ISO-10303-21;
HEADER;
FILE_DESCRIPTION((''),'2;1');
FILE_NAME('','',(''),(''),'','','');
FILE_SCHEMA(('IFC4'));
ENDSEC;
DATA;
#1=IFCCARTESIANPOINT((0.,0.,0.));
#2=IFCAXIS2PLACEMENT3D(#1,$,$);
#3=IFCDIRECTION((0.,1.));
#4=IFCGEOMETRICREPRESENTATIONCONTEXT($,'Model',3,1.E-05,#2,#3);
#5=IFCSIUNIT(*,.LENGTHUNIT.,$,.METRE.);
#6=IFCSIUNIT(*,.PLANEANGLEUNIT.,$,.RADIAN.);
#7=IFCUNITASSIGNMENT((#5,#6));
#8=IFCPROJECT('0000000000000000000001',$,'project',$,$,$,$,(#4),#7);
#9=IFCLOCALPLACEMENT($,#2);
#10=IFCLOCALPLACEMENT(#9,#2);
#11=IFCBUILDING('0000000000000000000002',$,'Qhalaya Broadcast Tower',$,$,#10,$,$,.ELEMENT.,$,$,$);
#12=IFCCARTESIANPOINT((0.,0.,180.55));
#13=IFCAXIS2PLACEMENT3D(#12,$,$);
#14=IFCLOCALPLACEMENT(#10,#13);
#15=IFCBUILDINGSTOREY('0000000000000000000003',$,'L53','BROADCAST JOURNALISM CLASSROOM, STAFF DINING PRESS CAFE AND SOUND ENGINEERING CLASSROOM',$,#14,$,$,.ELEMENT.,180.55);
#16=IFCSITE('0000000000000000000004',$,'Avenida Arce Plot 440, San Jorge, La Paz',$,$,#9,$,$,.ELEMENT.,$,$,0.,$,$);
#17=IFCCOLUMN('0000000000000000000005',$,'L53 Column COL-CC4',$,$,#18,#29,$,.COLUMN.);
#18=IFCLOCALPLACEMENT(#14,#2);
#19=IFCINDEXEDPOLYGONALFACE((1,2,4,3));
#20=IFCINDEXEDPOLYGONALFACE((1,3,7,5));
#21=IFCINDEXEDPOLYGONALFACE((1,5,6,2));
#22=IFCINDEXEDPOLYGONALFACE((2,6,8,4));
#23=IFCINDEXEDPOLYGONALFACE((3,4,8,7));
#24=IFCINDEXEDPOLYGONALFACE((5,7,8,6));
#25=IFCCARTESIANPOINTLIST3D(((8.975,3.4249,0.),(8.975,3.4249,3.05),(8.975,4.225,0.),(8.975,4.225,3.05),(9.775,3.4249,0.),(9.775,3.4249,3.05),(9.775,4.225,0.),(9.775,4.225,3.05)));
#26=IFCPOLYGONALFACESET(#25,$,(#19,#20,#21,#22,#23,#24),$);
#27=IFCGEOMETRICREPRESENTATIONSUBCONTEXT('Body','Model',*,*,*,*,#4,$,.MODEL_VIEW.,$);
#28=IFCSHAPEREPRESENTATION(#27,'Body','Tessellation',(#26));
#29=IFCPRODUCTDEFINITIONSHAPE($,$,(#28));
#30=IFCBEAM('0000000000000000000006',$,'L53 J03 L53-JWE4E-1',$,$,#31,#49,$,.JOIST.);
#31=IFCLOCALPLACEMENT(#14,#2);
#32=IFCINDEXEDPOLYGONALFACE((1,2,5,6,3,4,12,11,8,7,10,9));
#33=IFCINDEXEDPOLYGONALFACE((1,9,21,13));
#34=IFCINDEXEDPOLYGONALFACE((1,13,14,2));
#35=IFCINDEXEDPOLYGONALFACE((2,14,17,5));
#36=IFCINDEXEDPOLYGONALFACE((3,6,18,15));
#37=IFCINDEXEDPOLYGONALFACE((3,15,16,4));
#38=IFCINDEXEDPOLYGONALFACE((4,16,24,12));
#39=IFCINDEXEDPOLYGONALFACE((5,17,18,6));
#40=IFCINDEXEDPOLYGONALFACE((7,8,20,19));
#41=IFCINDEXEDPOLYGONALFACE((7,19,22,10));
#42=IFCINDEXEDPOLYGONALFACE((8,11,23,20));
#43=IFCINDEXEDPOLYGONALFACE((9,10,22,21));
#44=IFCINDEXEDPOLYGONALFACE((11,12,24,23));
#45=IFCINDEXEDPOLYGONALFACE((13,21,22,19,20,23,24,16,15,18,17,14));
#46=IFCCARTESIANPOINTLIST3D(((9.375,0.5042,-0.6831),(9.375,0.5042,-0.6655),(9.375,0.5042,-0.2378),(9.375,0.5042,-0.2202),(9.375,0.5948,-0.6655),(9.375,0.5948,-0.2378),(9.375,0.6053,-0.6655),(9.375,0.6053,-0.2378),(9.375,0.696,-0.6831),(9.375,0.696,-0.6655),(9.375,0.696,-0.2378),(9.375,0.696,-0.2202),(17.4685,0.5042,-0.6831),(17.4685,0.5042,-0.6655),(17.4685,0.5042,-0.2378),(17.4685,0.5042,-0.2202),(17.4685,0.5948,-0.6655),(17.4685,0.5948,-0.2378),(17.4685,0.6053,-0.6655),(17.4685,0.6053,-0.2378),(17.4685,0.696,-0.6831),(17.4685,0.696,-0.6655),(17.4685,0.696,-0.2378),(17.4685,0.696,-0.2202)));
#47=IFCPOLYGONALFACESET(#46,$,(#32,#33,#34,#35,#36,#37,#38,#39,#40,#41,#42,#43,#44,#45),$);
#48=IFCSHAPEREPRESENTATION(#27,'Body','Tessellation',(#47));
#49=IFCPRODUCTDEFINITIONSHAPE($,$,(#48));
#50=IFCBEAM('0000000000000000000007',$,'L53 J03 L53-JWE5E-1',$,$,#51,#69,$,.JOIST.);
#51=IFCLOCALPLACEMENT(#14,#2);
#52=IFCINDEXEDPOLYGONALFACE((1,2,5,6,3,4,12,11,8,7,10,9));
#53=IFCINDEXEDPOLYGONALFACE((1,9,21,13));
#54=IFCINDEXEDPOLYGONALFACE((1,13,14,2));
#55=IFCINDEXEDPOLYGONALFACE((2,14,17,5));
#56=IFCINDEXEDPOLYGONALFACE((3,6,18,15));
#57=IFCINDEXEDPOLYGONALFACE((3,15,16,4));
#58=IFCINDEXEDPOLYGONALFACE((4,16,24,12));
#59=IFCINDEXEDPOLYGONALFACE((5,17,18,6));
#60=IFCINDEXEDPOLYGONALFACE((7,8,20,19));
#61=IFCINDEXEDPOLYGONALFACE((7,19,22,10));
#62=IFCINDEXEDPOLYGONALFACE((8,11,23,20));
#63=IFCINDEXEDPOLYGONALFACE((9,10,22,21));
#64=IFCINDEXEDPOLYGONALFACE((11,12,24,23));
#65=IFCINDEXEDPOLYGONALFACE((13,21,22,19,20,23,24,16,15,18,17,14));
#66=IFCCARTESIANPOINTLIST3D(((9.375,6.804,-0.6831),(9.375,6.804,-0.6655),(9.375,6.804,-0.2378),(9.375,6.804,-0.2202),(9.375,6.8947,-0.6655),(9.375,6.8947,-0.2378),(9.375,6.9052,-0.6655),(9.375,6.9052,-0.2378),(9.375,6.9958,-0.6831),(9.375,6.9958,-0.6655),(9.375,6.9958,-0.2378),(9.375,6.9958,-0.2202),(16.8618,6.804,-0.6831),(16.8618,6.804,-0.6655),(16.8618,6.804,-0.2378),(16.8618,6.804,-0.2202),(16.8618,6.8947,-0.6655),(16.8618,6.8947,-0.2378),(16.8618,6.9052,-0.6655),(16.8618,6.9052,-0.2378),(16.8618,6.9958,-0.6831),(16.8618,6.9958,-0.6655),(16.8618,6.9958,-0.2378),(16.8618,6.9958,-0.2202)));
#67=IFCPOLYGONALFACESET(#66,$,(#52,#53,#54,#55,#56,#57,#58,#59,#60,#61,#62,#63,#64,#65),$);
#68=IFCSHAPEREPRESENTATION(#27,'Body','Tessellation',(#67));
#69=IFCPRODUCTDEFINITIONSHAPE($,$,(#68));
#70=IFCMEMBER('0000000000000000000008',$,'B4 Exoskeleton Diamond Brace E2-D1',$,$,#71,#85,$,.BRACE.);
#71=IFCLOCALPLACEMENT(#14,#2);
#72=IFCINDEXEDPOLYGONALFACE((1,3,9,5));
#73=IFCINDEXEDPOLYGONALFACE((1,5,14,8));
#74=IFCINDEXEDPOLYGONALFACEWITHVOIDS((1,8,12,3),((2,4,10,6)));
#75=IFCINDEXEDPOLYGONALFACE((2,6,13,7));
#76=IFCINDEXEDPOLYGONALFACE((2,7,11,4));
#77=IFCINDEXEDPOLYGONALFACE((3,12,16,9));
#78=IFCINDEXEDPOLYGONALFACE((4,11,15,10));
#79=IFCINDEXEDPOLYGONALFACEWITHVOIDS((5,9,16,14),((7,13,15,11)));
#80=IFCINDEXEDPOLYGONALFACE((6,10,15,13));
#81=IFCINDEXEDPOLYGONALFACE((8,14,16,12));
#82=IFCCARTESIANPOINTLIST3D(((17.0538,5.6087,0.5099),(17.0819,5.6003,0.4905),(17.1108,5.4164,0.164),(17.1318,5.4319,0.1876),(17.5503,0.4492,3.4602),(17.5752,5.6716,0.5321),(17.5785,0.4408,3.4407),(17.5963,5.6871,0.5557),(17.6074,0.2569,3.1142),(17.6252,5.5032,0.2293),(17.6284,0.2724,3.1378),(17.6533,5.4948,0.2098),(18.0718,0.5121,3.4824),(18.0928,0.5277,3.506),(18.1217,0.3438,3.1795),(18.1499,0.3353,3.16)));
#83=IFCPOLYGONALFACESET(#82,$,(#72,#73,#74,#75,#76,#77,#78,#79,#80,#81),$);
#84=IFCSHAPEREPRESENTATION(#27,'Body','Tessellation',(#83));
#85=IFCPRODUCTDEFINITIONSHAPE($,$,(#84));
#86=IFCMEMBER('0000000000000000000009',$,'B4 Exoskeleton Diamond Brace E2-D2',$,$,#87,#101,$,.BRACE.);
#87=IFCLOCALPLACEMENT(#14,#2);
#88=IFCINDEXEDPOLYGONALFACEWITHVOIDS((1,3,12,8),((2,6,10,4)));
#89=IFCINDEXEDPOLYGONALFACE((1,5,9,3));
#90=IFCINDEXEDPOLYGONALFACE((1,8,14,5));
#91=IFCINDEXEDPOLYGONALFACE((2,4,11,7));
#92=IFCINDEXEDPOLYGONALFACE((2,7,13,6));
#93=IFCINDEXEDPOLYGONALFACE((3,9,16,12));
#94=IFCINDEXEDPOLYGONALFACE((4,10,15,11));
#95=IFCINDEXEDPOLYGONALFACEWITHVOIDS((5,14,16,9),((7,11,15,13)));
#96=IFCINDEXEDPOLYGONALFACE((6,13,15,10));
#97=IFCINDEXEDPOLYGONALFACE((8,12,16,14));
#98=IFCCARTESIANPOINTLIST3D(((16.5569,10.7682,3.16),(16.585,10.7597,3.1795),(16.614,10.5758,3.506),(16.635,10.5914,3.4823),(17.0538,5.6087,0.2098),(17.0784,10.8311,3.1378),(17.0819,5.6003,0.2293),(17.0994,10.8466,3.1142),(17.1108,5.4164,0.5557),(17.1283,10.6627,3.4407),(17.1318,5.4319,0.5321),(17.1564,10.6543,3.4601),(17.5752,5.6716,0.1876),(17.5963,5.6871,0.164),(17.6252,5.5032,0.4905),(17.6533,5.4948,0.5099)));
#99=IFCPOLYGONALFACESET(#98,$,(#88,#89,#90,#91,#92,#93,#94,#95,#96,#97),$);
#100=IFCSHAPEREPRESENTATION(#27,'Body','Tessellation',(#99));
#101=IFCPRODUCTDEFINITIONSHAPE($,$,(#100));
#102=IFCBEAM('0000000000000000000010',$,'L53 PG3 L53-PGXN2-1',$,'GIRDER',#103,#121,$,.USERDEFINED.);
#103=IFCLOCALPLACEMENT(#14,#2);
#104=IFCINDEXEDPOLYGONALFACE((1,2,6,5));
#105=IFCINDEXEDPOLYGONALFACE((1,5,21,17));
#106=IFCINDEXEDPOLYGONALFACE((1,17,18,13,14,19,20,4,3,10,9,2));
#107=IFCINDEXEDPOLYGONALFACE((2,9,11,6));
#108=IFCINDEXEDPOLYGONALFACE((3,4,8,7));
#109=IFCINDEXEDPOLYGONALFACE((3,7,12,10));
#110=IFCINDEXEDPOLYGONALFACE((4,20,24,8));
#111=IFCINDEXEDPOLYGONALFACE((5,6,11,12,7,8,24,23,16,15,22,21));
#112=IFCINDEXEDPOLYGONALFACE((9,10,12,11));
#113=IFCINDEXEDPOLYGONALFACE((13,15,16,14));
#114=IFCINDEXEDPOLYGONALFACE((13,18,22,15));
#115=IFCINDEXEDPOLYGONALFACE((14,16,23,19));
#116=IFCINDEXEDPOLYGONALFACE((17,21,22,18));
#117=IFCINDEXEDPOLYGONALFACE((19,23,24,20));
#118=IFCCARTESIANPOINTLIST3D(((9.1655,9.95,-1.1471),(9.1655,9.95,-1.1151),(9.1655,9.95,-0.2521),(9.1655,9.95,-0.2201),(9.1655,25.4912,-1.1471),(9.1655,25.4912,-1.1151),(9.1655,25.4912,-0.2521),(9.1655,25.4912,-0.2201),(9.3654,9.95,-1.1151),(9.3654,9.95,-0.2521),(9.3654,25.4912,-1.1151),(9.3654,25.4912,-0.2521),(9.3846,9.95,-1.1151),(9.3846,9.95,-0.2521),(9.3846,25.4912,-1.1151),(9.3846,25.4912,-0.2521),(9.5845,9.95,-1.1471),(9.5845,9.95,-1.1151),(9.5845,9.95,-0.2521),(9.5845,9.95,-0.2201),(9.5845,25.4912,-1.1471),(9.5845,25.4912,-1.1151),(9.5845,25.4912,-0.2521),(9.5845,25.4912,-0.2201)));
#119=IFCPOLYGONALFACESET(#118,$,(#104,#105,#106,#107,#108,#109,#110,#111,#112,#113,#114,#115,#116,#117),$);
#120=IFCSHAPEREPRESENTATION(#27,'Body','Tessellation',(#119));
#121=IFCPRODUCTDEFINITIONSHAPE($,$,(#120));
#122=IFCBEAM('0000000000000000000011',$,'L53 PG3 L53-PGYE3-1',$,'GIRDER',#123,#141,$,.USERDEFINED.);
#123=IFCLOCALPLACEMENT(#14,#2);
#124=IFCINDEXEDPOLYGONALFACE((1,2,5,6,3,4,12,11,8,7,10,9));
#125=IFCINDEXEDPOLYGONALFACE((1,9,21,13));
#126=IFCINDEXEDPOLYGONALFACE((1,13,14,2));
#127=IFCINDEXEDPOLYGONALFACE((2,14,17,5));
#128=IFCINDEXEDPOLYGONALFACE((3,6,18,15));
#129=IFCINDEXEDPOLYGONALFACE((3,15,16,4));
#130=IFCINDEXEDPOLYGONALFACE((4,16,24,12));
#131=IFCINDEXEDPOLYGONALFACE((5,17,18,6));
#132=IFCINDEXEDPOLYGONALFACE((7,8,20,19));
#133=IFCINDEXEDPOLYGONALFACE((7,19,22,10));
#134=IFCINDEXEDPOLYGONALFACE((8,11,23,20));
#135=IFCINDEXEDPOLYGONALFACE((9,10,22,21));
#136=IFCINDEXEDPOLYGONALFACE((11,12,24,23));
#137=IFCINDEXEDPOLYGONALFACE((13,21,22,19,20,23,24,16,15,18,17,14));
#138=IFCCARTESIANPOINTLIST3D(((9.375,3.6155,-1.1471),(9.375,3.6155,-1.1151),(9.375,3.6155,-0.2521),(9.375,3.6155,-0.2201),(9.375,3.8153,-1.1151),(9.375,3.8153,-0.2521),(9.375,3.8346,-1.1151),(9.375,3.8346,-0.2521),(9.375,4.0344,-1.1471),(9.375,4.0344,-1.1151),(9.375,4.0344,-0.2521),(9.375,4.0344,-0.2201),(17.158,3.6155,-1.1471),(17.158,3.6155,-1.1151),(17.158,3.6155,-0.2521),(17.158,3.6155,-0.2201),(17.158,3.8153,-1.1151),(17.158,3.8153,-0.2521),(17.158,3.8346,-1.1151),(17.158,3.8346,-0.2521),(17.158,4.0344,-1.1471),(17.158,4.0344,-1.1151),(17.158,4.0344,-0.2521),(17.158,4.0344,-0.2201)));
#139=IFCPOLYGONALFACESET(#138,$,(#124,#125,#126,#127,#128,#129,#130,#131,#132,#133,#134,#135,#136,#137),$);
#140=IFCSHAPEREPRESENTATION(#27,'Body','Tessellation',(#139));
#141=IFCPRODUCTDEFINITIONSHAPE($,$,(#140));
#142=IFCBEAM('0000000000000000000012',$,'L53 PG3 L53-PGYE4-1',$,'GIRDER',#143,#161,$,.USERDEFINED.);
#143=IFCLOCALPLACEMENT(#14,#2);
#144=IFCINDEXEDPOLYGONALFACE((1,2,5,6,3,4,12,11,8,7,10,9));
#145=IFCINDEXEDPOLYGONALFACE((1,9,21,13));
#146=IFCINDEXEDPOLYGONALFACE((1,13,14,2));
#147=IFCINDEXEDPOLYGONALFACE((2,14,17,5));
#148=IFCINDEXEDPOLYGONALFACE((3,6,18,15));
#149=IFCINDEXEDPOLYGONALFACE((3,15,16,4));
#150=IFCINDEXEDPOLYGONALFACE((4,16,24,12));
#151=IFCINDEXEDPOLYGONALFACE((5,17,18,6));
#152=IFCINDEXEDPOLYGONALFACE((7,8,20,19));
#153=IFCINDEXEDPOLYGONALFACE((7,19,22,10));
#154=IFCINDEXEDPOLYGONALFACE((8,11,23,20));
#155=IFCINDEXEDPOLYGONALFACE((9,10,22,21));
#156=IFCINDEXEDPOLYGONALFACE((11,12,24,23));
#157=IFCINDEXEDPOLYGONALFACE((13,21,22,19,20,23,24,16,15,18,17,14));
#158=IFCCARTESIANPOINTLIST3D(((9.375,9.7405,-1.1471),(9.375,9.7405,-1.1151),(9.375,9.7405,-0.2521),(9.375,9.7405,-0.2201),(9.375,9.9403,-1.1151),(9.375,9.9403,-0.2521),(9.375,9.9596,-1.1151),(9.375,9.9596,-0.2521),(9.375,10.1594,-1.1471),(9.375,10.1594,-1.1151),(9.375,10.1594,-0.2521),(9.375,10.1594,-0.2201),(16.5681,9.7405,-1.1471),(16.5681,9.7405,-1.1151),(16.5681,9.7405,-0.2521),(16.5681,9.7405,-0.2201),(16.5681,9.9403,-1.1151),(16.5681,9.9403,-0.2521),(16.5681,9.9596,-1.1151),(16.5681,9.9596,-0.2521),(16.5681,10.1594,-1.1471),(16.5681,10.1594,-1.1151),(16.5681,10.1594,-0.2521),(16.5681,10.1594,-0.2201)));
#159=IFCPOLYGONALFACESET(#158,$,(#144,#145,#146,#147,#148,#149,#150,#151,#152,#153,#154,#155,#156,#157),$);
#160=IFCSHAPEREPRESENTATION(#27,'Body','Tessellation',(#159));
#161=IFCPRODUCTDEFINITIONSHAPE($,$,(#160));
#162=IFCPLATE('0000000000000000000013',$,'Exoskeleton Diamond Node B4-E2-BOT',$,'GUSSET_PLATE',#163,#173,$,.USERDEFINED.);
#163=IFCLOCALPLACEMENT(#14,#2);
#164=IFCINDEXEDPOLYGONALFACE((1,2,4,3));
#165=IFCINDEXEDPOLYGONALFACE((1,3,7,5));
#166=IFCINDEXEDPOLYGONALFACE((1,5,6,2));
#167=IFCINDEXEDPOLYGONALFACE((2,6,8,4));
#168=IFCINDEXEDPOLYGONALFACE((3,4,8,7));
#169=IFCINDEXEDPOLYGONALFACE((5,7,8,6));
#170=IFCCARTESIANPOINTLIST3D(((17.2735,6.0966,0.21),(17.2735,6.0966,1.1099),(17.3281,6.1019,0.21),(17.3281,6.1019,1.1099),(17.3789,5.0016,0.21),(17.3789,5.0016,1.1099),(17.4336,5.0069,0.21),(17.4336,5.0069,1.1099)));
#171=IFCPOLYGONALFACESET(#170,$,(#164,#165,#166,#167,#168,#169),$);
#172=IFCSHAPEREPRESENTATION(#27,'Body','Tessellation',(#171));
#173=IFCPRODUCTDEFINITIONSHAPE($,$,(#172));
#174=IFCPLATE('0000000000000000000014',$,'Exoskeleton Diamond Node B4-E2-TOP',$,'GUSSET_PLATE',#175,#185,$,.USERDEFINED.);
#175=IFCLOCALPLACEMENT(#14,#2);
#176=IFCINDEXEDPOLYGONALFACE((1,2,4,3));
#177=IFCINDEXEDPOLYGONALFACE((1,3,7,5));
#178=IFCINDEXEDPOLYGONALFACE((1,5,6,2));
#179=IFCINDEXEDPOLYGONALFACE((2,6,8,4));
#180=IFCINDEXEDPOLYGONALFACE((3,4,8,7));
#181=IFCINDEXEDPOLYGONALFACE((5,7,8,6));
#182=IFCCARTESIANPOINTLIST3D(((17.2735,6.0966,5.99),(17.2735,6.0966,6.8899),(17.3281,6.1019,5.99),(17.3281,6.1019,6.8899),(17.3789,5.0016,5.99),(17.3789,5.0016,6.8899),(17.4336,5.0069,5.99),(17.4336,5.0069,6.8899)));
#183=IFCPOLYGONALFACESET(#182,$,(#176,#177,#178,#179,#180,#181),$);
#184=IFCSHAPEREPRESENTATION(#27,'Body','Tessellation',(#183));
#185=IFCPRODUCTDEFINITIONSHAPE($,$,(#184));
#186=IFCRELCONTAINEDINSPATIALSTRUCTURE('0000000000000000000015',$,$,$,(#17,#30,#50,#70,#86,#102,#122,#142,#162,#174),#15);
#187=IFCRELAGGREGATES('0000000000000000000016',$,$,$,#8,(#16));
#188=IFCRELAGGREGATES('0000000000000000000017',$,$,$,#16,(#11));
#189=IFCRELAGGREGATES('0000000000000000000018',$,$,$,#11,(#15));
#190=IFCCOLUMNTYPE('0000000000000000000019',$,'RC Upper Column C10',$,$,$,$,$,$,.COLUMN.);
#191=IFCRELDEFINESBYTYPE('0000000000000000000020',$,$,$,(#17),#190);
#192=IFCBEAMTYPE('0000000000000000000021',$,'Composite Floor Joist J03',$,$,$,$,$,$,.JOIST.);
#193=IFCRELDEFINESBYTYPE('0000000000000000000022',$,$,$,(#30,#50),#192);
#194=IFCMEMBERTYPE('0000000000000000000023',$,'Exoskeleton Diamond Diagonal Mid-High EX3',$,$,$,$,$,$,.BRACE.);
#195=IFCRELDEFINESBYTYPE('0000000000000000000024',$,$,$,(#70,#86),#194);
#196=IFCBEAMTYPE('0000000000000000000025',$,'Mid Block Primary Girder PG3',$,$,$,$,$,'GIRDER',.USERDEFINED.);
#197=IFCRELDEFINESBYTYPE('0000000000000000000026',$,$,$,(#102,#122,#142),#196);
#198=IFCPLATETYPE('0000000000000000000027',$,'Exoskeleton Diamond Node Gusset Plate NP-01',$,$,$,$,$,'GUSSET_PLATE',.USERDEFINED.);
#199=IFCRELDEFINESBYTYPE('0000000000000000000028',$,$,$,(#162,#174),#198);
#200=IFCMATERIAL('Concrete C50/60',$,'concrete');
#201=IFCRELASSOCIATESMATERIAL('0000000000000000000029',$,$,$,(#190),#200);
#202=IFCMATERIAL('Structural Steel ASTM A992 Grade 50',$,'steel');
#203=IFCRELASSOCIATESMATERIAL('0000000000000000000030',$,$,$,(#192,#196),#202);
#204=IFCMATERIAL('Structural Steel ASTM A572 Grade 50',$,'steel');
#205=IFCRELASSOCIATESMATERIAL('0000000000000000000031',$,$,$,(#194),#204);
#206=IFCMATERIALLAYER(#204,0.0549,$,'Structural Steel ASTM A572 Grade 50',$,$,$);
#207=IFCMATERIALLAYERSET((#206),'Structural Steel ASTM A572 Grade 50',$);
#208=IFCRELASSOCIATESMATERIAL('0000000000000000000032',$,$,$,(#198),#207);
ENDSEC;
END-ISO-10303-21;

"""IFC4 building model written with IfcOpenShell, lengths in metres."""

from ifc_helpers import new_model, si_unit, direction, frame, origin, origin_2d, place, context, subcontext, project, spatial, rectangle, hollow_rectangle, i_section, extrude, material, layer, layer_set, material_profile, profile_set, type_object, element, save


model = new_model("IFC4")

# Units and contexts
model_context = context("Model", 3, precision=1e-05, world=origin(), true_north=direction((0.0, 1.0)))
body_context = subcontext(model_context, "Body", "Model", "MODEL_VIEW")
ifc_project = project(units=[si_unit("LENGTHUNIT", "METRE"), si_unit("PLANEANGLEUNIT", "RADIAN")], contexts=[model_context])

# Site, building, storey
site_placement = place(None, origin())
site = spatial("IfcSite", under=ifc_project, at=site_placement, Name="Avenida Arce Plot 440, San Jorge, La Paz", CompositionType="ELEMENT", RefElevation=0.0)
building_placement = place(site_placement, origin())
building = spatial("IfcBuilding", under=site, at=building_placement, Name="Qhalaya Broadcast Tower", CompositionType="ELEMENT")
storey_placement = place(building_placement, frame((0.0, 0.0, 180.55)))
storey = spatial("IfcBuildingStorey", under=building, at=storey_placement, Name="L53", Description="BROADCAST JOURNALISM CLASSROOM, STAFF DINING PRESS CAFE AND SOUND ENGINEERING CLASSROOM", CompositionType="ELEMENT", Elevation=180.55)

# Column
ifc_material_1 = material(Name="Concrete C50/60", Category="concrete")
ifc_material_profile_1 = material_profile(ifc_material_1, rectangle(XDim=0.8, YDim=0.8, at=origin_2d()), Name="RC-COL 800x800")
ifc_profile_set_1 = profile_set([ifc_material_profile_1], Name="Concrete C50/60")
column_type = type_object("IfcColumnType", Name="RC Upper Column C10", PredefinedType="COLUMN", material=ifc_profile_set_1)
column_placement = place(storey_placement, frame((9.375, 3.825, 0.0), z_axis=(0.0, 0.0, 1.0), x_axis=(1.0, 0.0, 0.0)))
element("IfcColumn", 1, at=column_placement, inside=storey, type_object=column_type, Name="L53 Column COL-CC4", PredefinedType="COLUMN", context=body_context, shape_type="SweptSolid", body=[
    extrude(rectangle(XDim=0.8, YDim=0.8, at=origin_2d()), origin(), (0.0, 0.0, 1.0), 3.05),
])

# Beams
ifc_material_2 = material(Name="Structural Steel ASTM A992 Grade 50", Category="steel")
ifc_material_profile_2 = material_profile(ifc_material_2, i_section(OverallWidth=0.1919, OverallDepth=0.4629, WebThickness=0.0105, FlangeThickness=0.0176, at=origin_2d()), Name="W18X60")
ifc_profile_set_2 = profile_set([ifc_material_profile_2], Name="Structural Steel ASTM A992 Grade 50")
beam_type_1 = type_object("IfcBeamType", Name="Composite Floor Joist J03", PredefinedType="JOIST", material=ifc_profile_set_2)
beam_1_placement = place(storey_placement, frame((9.375, 0.6001, -0.4517), z_axis=(1.0, 0.0, 0.0), x_axis=(0.0, 1.0, 0.0)))
element("IfcBeam", 2, at=beam_1_placement, inside=storey, type_object=beam_type_1, Name="L53 J03 L53-JWE4E-1", PredefinedType="JOIST", context=body_context, shape_type="SweptSolid", body=[
    extrude(i_section(OverallWidth=0.1919, OverallDepth=0.4629, WebThickness=0.0105, FlangeThickness=0.0176, at=origin_2d()), origin(), (0.0, 0.0, 1.0), 8.0935),
])
beam_2_placement = place(storey_placement, frame((9.375, 6.8999, -0.4517), z_axis=(1.0, 0.0, 0.0), x_axis=(0.0, 1.0, 0.0)))
element("IfcBeam", 3, at=beam_2_placement, inside=storey, type_object=beam_type_1, Name="L53 J03 L53-JWE5E-1", PredefinedType="JOIST", context=body_context, shape_type="SweptSolid", body=[
    extrude(i_section(OverallWidth=0.1919, OverallDepth=0.4629, WebThickness=0.0105, FlangeThickness=0.0176, at=origin_2d()), origin(), (0.0, 0.0, 1.0), 7.4868),
])

# Members
ifc_material_3 = material(Name="Structural Steel ASTM A572 Grade 50", Category="steel")
ifc_material_profile_3 = material_profile(ifc_material_3, hollow_rectangle(XDim=0.3999, YDim=0.55, WallThickness=0.0249, at=origin_2d()), Name="BOX 400x550x25")
ifc_profile_set_3 = profile_set([ifc_material_profile_3], Name="Structural Steel ASTM A572 Grade 50")
member_type = type_object("IfcMemberType", Name="Exoskeleton Diamond Diagonal Mid-High EX3", PredefinedType="BRACE", material=ifc_profile_set_3)
for number, where, z_axis, x_axis, name in (
    (4, (17.3535, 5.5518, 0.3599), (0.083263, -0.865087, 0.494663), (-0.142578, 0.480938, 0.865084), "B4 Exoskeleton Diamond Brace E2-D1"),
    (5, (17.3535, 5.5518, 0.3599), (-0.083303, 0.865084, 0.494661), (0.1426, -0.48093, 0.865085), "B4 Exoskeleton Diamond Brace E2-D2"),
):
    element("IfcMember", number, at=place(storey_placement, frame(where, z_axis=z_axis, x_axis=x_axis)), inside=storey, type_object=member_type, Name=name, PredefinedType="BRACE", context=body_context, shape_type="SweptSolid", body=[
        extrude(hollow_rectangle(XDim=0.3999, YDim=0.55, WallThickness=0.0249, at=origin_2d()), origin(), (0.0, 0.0, 1.0), 5.9641),
    ])

# Beams
ifc_material_profile_4 = material_profile(ifc_material_2, i_section(OverallWidth=0.4189, OverallDepth=0.927, WebThickness=0.0193, FlangeThickness=0.032, at=origin_2d()), Name="W36X231")
ifc_profile_set_4 = profile_set([ifc_material_profile_4], Name="Structural Steel ASTM A992 Grade 50")
beam_type_2 = type_object("IfcBeamType", Name="Mid Block Primary Girder PG3", ElementType="GIRDER", PredefinedType="USERDEFINED", material=ifc_profile_set_4)
beam_3_placement = place(storey_placement, frame((9.375, 9.95, -0.6836), z_axis=(0.0, 1.0, 0.0), x_axis=(-1.0, 0.0, 0.0)))
element("IfcBeam", 6, at=beam_3_placement, inside=storey, type_object=beam_type_2, Name="L53 PG3 L53-PGXN2-1", ObjectType="GIRDER", PredefinedType="USERDEFINED", context=body_context, shape_type="SweptSolid", body=[
    extrude(i_section(OverallWidth=0.4189, OverallDepth=0.927, WebThickness=0.0193, FlangeThickness=0.032, at=origin_2d()), origin(), (0.0, 0.0, 1.0), 15.5413),
])
beam_4_placement = place(storey_placement, frame((9.375, 3.825, -0.6836), z_axis=(1.0, 0.0, 0.0), x_axis=(0.0, 1.0, 0.0)))
element("IfcBeam", 7, at=beam_4_placement, inside=storey, type_object=beam_type_2, Name="L53 PG3 L53-PGYE3-1", ObjectType="GIRDER", PredefinedType="USERDEFINED", context=body_context, shape_type="SweptSolid", body=[
    extrude(i_section(OverallWidth=0.4189, OverallDepth=0.927, WebThickness=0.0193, FlangeThickness=0.032, at=origin_2d()), origin(), (0.0, 0.0, 1.0), 7.783),
])
beam_5_placement = place(storey_placement, frame((9.375, 9.95, -0.6836), z_axis=(1.0, 0.0, 0.0), x_axis=(0.0, 1.0, 0.0)))
element("IfcBeam", 8, at=beam_5_placement, inside=storey, type_object=beam_type_2, Name="L53 PG3 L53-PGYE4-1", ObjectType="GIRDER", PredefinedType="USERDEFINED", context=body_context, shape_type="SweptSolid", body=[
    extrude(i_section(OverallWidth=0.4189, OverallDepth=0.927, WebThickness=0.0193, FlangeThickness=0.032, at=origin_2d()), origin(), (0.0, 0.0, 1.0), 7.1931),
])

# Plates
ifc_layer_1 = layer(ifc_material_3, 0.0549, Name="Structural Steel ASTM A572 Grade 50")
ifc_layer_set_1 = layer_set([ifc_layer_1], Name="Structural Steel ASTM A572 Grade 50")
plate_type = type_object("IfcPlateType", Name="Exoskeleton Diamond Node Gusset Plate NP-01", ElementType="GUSSET_PLATE", PredefinedType="USERDEFINED", material=ifc_layer_set_1)
for number, where, z_axis, x_axis, name in (
    (9, (17.3535, 5.5518, 0.21), (0.0, 0.0, 1.0), (-0.095846, 0.995396, 0.0), "Exoskeleton Diamond Node B4-E2-BOT"),
    (10, (17.3535, 5.5518, 5.99), (0.0, 0.0, 1.0), (-0.095846, 0.995396, 0.0), "Exoskeleton Diamond Node B4-E2-TOP"),
):
    element("IfcPlate", number, at=place(storey_placement, frame(where, z_axis=z_axis, x_axis=x_axis)), inside=storey, type_object=plate_type, Name=name, ObjectType="GUSSET_PLATE", PredefinedType="USERDEFINED", context=body_context, shape_type="SweptSolid", body=[
        extrude(rectangle(XDim=1.1001, YDim=0.0549, at=origin_2d()), origin(), (0.0, 0.0, 1.0), 0.8999),
    ])

save(model, "model.ifc")
